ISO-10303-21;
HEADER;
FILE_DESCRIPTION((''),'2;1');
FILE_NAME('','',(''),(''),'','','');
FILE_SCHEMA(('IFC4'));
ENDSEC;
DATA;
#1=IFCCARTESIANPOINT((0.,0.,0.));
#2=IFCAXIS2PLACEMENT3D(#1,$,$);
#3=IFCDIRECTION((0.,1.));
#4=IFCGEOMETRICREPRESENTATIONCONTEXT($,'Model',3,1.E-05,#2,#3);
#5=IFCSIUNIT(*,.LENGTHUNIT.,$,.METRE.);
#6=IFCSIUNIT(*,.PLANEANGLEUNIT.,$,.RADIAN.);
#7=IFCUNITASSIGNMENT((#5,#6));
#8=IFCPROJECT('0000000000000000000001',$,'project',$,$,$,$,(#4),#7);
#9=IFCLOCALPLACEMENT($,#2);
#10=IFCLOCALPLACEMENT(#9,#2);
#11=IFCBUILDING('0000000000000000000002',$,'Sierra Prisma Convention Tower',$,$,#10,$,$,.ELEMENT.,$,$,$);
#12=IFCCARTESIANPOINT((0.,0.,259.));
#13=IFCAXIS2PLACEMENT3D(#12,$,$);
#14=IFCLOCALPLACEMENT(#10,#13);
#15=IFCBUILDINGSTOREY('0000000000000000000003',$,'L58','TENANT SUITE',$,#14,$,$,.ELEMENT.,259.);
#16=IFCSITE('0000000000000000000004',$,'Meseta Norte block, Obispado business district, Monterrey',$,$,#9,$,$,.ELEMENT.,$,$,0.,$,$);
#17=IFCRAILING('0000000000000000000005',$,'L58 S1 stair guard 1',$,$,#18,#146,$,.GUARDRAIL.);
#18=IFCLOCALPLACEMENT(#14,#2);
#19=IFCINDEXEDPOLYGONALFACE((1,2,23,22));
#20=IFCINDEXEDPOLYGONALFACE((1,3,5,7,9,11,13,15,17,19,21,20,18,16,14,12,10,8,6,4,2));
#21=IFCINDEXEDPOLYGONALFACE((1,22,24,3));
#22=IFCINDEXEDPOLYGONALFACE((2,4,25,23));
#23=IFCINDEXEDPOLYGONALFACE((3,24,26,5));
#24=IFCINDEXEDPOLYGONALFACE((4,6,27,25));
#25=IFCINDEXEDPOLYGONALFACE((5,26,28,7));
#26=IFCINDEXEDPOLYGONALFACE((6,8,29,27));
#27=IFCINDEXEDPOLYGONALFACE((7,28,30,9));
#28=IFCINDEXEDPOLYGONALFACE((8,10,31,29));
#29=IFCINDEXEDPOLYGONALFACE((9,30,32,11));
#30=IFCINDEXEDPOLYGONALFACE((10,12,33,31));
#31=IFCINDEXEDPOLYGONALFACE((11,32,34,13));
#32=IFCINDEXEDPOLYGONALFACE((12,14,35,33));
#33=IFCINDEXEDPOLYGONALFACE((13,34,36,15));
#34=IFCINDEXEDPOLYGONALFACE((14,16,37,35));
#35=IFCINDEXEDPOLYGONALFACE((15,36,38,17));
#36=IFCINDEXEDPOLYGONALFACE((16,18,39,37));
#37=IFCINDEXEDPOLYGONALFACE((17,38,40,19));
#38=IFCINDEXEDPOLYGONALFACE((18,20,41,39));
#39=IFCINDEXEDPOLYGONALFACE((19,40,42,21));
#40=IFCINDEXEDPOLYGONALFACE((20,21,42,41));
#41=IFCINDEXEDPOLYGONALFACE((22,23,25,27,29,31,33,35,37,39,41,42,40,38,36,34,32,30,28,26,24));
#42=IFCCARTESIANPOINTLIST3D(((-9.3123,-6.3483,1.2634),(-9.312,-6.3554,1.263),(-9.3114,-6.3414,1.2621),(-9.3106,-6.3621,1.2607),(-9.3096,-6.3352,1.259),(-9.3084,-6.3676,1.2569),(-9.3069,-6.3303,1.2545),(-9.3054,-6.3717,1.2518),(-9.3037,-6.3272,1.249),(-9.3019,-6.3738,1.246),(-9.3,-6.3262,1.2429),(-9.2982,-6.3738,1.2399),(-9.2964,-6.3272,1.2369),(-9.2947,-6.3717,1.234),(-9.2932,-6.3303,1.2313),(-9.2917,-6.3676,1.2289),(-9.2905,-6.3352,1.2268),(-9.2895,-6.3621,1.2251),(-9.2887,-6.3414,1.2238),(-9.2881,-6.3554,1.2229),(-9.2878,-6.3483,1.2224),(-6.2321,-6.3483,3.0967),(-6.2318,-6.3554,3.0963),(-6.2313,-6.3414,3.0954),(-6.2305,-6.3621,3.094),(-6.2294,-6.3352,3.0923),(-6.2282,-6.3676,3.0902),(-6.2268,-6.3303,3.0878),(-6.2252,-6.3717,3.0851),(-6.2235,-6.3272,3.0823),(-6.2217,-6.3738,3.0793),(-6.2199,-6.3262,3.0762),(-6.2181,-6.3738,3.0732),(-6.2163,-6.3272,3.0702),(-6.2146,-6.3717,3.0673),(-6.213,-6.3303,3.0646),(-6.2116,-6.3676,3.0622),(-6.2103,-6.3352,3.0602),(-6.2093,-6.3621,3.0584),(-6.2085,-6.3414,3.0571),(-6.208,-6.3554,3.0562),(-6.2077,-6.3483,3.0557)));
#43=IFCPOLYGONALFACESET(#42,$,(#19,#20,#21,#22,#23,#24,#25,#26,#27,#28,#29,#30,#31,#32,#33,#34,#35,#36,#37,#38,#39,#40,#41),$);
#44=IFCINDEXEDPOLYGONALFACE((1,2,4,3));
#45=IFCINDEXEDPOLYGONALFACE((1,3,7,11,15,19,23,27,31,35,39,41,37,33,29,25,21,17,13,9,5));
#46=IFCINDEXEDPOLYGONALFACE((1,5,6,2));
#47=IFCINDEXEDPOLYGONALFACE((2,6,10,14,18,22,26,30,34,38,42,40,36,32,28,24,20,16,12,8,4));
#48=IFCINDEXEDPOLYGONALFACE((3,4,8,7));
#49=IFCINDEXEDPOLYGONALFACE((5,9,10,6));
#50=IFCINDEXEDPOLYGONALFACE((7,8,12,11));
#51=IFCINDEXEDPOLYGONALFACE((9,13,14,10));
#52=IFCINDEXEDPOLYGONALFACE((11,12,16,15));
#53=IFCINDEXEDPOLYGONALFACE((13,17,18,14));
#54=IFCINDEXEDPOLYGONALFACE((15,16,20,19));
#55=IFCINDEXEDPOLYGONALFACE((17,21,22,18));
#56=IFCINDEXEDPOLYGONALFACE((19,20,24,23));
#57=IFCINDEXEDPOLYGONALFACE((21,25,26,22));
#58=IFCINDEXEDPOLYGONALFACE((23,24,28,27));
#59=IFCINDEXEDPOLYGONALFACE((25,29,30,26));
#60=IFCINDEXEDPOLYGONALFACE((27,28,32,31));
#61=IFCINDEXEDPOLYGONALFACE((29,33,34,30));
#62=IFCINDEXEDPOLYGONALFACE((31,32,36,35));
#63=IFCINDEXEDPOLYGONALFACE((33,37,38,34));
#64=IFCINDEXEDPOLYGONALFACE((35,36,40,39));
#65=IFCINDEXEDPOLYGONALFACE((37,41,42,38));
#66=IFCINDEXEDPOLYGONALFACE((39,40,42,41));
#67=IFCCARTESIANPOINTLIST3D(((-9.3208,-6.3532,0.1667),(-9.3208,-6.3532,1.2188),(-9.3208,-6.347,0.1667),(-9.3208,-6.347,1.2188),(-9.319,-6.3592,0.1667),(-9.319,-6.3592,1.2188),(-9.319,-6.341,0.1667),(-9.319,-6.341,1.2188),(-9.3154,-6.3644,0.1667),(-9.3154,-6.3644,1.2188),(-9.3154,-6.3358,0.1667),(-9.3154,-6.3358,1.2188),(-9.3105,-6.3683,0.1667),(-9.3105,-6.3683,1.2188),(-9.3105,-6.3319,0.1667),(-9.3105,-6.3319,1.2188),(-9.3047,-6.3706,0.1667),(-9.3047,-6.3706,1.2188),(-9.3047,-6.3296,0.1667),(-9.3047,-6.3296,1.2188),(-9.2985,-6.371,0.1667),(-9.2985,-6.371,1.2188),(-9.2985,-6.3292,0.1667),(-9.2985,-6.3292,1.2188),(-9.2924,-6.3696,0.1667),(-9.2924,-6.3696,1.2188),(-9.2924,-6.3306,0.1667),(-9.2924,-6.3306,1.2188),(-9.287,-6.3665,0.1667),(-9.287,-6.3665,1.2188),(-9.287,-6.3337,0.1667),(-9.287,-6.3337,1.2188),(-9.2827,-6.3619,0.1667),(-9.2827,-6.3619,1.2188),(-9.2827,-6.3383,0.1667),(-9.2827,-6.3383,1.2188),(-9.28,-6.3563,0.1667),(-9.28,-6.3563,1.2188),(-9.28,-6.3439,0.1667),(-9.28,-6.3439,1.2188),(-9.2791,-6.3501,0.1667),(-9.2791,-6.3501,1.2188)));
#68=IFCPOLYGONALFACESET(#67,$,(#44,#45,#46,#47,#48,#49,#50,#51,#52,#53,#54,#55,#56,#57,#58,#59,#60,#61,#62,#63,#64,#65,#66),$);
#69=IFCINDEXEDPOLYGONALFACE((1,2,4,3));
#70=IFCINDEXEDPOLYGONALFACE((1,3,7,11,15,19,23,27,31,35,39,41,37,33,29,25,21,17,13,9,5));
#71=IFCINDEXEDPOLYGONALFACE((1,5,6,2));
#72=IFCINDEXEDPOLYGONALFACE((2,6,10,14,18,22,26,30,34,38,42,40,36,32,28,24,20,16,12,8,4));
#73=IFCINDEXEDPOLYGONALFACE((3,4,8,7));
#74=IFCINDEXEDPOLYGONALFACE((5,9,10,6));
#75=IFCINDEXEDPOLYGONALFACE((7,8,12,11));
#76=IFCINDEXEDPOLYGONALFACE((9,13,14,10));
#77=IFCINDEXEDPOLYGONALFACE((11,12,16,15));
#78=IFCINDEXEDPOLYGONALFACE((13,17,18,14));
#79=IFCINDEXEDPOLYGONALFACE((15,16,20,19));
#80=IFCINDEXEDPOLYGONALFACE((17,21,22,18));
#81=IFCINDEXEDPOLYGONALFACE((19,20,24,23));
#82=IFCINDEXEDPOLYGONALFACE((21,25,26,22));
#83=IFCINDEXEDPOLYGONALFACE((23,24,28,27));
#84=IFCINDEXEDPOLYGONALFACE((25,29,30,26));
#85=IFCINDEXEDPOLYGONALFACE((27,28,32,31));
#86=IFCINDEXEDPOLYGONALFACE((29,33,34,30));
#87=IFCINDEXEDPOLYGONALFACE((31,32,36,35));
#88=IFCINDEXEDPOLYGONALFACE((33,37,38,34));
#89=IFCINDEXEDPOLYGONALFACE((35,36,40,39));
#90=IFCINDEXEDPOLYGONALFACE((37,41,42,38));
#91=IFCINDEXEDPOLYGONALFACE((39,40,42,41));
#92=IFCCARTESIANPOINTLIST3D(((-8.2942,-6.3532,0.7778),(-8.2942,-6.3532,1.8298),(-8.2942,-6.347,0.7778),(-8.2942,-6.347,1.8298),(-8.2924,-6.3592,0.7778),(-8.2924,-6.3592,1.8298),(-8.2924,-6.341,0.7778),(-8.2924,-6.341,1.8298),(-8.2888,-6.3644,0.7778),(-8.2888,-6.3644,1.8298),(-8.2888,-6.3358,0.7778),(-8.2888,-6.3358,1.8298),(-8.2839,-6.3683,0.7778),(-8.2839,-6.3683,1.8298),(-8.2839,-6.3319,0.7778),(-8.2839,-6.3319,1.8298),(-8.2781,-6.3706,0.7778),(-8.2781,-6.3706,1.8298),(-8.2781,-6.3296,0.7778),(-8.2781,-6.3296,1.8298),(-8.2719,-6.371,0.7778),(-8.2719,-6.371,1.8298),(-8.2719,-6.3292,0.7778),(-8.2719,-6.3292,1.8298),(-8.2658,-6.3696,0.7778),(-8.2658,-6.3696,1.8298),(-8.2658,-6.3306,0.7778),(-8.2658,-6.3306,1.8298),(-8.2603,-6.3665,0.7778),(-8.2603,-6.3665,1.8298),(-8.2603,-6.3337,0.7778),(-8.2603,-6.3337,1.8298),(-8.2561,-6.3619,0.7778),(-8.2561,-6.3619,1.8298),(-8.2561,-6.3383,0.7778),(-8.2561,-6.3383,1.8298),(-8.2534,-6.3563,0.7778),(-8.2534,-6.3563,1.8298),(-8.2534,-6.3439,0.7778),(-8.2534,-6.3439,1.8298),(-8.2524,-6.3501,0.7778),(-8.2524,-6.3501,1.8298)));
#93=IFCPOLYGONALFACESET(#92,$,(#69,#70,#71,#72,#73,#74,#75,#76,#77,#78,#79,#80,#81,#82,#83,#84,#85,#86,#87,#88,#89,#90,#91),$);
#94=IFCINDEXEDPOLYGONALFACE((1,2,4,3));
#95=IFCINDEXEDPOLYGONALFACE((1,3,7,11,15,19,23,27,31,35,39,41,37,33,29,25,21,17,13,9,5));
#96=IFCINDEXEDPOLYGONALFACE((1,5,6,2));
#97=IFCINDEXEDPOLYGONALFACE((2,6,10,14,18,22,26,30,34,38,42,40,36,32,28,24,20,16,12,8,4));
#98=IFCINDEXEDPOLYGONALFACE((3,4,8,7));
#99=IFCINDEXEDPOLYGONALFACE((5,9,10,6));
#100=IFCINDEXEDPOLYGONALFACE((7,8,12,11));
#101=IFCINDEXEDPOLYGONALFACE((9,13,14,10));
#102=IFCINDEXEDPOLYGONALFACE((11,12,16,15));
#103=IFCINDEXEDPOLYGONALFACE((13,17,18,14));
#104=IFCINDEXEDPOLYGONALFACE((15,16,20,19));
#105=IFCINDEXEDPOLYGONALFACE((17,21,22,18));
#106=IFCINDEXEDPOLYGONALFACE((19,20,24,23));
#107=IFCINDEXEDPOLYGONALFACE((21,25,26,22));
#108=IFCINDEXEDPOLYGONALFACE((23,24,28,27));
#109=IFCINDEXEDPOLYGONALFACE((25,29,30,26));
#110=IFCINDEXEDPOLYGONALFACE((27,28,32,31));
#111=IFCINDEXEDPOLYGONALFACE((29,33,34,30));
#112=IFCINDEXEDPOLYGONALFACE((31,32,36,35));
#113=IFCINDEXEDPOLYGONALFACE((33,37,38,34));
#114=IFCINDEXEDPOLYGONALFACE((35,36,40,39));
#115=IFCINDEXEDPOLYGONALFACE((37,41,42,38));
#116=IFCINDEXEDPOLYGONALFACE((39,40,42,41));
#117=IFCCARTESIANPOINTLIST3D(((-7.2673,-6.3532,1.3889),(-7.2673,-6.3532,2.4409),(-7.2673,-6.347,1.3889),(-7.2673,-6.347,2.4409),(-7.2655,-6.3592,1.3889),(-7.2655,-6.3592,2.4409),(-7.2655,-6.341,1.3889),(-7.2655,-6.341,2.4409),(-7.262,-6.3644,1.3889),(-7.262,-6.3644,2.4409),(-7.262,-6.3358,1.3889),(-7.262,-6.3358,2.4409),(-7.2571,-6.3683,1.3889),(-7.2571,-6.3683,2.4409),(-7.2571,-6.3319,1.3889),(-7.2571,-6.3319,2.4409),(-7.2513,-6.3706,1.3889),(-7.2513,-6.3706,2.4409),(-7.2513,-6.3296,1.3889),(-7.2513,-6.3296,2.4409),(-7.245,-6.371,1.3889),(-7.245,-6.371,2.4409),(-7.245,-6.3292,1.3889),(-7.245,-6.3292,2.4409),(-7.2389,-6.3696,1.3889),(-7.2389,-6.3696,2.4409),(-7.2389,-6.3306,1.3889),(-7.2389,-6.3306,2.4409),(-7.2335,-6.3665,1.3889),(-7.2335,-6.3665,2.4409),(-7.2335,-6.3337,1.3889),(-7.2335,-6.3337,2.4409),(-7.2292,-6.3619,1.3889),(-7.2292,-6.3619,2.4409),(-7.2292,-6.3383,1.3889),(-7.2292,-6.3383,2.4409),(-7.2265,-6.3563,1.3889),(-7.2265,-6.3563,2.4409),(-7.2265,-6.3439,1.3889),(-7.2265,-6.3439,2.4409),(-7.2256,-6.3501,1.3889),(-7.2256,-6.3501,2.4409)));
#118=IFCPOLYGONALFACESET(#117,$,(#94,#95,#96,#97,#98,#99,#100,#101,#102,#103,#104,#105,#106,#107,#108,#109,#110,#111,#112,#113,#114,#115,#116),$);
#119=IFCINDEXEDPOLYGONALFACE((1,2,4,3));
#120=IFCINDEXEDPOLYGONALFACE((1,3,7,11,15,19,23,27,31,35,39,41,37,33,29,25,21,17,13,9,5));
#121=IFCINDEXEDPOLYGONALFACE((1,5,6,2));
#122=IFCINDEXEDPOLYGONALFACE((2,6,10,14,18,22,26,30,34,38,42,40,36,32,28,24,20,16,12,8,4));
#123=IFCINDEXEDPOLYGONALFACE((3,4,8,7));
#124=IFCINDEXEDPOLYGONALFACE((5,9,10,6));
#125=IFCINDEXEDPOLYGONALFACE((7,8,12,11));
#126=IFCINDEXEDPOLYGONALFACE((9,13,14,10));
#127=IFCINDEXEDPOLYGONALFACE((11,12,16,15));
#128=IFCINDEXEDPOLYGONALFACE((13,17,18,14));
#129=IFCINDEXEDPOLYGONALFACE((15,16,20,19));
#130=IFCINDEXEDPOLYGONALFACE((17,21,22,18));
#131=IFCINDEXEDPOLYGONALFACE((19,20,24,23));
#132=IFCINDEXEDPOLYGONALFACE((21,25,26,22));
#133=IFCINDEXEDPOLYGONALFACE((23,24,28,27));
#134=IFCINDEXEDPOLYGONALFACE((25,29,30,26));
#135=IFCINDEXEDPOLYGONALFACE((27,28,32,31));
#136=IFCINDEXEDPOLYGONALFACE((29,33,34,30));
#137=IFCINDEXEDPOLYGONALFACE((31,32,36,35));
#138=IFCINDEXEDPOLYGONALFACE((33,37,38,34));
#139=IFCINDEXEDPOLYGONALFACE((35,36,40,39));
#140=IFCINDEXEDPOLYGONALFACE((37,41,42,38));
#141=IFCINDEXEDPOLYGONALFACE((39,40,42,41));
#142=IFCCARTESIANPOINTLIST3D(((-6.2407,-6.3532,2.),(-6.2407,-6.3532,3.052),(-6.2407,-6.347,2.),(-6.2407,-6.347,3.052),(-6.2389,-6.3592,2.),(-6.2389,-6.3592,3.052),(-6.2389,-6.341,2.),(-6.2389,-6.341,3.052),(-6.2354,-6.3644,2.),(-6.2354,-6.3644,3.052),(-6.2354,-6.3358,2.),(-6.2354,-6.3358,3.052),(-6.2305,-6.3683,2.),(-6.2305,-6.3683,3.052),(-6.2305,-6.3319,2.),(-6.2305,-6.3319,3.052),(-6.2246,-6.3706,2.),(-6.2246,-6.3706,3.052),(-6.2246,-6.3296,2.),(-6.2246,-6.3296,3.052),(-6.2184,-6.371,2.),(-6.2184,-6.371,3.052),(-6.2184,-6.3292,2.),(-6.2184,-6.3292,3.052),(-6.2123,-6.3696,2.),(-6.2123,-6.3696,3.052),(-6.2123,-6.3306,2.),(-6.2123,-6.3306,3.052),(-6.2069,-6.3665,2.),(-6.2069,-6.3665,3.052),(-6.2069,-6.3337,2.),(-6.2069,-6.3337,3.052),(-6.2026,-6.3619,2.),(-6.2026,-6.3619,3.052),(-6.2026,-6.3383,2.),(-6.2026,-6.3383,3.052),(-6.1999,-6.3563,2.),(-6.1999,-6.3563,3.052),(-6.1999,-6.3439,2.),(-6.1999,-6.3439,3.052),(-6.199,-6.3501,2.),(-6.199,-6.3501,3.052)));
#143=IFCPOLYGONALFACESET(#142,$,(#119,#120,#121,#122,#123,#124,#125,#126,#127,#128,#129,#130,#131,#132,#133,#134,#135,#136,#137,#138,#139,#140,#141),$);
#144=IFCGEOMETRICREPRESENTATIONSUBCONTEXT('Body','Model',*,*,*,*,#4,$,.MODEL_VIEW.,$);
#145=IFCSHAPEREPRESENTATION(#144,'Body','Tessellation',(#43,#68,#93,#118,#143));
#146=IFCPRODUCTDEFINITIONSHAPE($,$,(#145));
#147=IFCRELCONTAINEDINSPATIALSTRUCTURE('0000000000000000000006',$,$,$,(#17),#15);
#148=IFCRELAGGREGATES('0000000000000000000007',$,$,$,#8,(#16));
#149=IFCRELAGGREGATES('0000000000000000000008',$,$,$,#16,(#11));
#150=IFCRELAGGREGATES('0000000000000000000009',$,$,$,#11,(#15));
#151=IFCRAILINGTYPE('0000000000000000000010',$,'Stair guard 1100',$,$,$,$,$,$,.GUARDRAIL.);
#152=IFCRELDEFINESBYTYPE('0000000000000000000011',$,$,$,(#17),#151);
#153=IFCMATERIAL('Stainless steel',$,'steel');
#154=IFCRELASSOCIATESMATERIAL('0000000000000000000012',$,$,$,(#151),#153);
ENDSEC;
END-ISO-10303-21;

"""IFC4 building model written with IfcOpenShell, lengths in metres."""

from ifc_helpers import new_model, si_unit, direction, frame, origin, origin_2d, place, context, subcontext, project, spatial, circle, extrude, material, type_object, element, save


model = new_model("IFC4")

# Units and contexts
model_context = context("Model", 3, precision=1e-05, world=origin(), true_north=direction((0.0, 1.0)))
body_context = subcontext(model_context, "Body", "Model", "MODEL_VIEW")
ifc_project = project(units=[si_unit("LENGTHUNIT", "METRE"), si_unit("PLANEANGLEUNIT", "RADIAN")], contexts=[model_context])

# Site, building, storey
site_placement = place(None, origin())
site = spatial("IfcSite", under=ifc_project, at=site_placement, Name="Meseta Norte block, Obispado business district, Monterrey", CompositionType="ELEMENT", RefElevation=0.0)
building_placement = place(site_placement, origin())
building = spatial("IfcBuilding", under=site, at=building_placement, Name="Sierra Prisma Convention Tower", CompositionType="ELEMENT")
storey_placement = place(building_placement, frame((0.0, 0.0, 259.0)))
storey = spatial("IfcBuildingStorey", under=building, at=storey_placement, Name="L58", Description="TENANT SUITE", CompositionType="ELEMENT", Elevation=259.0)

# Railing
ifc_material_1 = material(Name="Stainless steel", Category="steel")
railing_type_1 = type_object("IfcRailingType", Name="Stair guard 1100", PredefinedType="GUARDRAIL", material=ifc_material_1)
railing_1_placement = place(storey_placement, frame((-9.3, -6.3501, 0.1667)))
element("IfcRailing", 1, at=railing_1_placement, inside=storey, type_object=railing_type_1, Name="L58 S1 stair guard 1", PredefinedType="GUARDRAIL", context=body_context, shape_type="SweptSolid", body=[
    extrude(circle(Radius=0.0239, at=origin_2d()), frame((0.0, 0.0, 1.0762), z_axis=(0.859309, 0.0, 0.511458), x_axis=(0.0, 1.0, 0.0)), (0.0, 0.0, 1.0), 3.5845),
    extrude(circle(Radius=0.021, at=origin_2d()), origin(), (0.0, 0.0, 1.0), 1.052),
    extrude(circle(Radius=0.021, at=origin_2d()), frame((1.0266, 0.0, 0.6111)), (0.0, 0.0, 1.0), 1.052),
    extrude(circle(Radius=0.021, at=origin_2d()), frame((2.0535, 0.0, 1.2222)), (0.0, 0.0, 1.0), 1.052),
    extrude(circle(Radius=0.021, at=origin_2d()), frame((3.0801, 0.0, 1.8333)), (0.0, 0.0, 1.0), 1.052),
])

save(model, "model.ifc")
